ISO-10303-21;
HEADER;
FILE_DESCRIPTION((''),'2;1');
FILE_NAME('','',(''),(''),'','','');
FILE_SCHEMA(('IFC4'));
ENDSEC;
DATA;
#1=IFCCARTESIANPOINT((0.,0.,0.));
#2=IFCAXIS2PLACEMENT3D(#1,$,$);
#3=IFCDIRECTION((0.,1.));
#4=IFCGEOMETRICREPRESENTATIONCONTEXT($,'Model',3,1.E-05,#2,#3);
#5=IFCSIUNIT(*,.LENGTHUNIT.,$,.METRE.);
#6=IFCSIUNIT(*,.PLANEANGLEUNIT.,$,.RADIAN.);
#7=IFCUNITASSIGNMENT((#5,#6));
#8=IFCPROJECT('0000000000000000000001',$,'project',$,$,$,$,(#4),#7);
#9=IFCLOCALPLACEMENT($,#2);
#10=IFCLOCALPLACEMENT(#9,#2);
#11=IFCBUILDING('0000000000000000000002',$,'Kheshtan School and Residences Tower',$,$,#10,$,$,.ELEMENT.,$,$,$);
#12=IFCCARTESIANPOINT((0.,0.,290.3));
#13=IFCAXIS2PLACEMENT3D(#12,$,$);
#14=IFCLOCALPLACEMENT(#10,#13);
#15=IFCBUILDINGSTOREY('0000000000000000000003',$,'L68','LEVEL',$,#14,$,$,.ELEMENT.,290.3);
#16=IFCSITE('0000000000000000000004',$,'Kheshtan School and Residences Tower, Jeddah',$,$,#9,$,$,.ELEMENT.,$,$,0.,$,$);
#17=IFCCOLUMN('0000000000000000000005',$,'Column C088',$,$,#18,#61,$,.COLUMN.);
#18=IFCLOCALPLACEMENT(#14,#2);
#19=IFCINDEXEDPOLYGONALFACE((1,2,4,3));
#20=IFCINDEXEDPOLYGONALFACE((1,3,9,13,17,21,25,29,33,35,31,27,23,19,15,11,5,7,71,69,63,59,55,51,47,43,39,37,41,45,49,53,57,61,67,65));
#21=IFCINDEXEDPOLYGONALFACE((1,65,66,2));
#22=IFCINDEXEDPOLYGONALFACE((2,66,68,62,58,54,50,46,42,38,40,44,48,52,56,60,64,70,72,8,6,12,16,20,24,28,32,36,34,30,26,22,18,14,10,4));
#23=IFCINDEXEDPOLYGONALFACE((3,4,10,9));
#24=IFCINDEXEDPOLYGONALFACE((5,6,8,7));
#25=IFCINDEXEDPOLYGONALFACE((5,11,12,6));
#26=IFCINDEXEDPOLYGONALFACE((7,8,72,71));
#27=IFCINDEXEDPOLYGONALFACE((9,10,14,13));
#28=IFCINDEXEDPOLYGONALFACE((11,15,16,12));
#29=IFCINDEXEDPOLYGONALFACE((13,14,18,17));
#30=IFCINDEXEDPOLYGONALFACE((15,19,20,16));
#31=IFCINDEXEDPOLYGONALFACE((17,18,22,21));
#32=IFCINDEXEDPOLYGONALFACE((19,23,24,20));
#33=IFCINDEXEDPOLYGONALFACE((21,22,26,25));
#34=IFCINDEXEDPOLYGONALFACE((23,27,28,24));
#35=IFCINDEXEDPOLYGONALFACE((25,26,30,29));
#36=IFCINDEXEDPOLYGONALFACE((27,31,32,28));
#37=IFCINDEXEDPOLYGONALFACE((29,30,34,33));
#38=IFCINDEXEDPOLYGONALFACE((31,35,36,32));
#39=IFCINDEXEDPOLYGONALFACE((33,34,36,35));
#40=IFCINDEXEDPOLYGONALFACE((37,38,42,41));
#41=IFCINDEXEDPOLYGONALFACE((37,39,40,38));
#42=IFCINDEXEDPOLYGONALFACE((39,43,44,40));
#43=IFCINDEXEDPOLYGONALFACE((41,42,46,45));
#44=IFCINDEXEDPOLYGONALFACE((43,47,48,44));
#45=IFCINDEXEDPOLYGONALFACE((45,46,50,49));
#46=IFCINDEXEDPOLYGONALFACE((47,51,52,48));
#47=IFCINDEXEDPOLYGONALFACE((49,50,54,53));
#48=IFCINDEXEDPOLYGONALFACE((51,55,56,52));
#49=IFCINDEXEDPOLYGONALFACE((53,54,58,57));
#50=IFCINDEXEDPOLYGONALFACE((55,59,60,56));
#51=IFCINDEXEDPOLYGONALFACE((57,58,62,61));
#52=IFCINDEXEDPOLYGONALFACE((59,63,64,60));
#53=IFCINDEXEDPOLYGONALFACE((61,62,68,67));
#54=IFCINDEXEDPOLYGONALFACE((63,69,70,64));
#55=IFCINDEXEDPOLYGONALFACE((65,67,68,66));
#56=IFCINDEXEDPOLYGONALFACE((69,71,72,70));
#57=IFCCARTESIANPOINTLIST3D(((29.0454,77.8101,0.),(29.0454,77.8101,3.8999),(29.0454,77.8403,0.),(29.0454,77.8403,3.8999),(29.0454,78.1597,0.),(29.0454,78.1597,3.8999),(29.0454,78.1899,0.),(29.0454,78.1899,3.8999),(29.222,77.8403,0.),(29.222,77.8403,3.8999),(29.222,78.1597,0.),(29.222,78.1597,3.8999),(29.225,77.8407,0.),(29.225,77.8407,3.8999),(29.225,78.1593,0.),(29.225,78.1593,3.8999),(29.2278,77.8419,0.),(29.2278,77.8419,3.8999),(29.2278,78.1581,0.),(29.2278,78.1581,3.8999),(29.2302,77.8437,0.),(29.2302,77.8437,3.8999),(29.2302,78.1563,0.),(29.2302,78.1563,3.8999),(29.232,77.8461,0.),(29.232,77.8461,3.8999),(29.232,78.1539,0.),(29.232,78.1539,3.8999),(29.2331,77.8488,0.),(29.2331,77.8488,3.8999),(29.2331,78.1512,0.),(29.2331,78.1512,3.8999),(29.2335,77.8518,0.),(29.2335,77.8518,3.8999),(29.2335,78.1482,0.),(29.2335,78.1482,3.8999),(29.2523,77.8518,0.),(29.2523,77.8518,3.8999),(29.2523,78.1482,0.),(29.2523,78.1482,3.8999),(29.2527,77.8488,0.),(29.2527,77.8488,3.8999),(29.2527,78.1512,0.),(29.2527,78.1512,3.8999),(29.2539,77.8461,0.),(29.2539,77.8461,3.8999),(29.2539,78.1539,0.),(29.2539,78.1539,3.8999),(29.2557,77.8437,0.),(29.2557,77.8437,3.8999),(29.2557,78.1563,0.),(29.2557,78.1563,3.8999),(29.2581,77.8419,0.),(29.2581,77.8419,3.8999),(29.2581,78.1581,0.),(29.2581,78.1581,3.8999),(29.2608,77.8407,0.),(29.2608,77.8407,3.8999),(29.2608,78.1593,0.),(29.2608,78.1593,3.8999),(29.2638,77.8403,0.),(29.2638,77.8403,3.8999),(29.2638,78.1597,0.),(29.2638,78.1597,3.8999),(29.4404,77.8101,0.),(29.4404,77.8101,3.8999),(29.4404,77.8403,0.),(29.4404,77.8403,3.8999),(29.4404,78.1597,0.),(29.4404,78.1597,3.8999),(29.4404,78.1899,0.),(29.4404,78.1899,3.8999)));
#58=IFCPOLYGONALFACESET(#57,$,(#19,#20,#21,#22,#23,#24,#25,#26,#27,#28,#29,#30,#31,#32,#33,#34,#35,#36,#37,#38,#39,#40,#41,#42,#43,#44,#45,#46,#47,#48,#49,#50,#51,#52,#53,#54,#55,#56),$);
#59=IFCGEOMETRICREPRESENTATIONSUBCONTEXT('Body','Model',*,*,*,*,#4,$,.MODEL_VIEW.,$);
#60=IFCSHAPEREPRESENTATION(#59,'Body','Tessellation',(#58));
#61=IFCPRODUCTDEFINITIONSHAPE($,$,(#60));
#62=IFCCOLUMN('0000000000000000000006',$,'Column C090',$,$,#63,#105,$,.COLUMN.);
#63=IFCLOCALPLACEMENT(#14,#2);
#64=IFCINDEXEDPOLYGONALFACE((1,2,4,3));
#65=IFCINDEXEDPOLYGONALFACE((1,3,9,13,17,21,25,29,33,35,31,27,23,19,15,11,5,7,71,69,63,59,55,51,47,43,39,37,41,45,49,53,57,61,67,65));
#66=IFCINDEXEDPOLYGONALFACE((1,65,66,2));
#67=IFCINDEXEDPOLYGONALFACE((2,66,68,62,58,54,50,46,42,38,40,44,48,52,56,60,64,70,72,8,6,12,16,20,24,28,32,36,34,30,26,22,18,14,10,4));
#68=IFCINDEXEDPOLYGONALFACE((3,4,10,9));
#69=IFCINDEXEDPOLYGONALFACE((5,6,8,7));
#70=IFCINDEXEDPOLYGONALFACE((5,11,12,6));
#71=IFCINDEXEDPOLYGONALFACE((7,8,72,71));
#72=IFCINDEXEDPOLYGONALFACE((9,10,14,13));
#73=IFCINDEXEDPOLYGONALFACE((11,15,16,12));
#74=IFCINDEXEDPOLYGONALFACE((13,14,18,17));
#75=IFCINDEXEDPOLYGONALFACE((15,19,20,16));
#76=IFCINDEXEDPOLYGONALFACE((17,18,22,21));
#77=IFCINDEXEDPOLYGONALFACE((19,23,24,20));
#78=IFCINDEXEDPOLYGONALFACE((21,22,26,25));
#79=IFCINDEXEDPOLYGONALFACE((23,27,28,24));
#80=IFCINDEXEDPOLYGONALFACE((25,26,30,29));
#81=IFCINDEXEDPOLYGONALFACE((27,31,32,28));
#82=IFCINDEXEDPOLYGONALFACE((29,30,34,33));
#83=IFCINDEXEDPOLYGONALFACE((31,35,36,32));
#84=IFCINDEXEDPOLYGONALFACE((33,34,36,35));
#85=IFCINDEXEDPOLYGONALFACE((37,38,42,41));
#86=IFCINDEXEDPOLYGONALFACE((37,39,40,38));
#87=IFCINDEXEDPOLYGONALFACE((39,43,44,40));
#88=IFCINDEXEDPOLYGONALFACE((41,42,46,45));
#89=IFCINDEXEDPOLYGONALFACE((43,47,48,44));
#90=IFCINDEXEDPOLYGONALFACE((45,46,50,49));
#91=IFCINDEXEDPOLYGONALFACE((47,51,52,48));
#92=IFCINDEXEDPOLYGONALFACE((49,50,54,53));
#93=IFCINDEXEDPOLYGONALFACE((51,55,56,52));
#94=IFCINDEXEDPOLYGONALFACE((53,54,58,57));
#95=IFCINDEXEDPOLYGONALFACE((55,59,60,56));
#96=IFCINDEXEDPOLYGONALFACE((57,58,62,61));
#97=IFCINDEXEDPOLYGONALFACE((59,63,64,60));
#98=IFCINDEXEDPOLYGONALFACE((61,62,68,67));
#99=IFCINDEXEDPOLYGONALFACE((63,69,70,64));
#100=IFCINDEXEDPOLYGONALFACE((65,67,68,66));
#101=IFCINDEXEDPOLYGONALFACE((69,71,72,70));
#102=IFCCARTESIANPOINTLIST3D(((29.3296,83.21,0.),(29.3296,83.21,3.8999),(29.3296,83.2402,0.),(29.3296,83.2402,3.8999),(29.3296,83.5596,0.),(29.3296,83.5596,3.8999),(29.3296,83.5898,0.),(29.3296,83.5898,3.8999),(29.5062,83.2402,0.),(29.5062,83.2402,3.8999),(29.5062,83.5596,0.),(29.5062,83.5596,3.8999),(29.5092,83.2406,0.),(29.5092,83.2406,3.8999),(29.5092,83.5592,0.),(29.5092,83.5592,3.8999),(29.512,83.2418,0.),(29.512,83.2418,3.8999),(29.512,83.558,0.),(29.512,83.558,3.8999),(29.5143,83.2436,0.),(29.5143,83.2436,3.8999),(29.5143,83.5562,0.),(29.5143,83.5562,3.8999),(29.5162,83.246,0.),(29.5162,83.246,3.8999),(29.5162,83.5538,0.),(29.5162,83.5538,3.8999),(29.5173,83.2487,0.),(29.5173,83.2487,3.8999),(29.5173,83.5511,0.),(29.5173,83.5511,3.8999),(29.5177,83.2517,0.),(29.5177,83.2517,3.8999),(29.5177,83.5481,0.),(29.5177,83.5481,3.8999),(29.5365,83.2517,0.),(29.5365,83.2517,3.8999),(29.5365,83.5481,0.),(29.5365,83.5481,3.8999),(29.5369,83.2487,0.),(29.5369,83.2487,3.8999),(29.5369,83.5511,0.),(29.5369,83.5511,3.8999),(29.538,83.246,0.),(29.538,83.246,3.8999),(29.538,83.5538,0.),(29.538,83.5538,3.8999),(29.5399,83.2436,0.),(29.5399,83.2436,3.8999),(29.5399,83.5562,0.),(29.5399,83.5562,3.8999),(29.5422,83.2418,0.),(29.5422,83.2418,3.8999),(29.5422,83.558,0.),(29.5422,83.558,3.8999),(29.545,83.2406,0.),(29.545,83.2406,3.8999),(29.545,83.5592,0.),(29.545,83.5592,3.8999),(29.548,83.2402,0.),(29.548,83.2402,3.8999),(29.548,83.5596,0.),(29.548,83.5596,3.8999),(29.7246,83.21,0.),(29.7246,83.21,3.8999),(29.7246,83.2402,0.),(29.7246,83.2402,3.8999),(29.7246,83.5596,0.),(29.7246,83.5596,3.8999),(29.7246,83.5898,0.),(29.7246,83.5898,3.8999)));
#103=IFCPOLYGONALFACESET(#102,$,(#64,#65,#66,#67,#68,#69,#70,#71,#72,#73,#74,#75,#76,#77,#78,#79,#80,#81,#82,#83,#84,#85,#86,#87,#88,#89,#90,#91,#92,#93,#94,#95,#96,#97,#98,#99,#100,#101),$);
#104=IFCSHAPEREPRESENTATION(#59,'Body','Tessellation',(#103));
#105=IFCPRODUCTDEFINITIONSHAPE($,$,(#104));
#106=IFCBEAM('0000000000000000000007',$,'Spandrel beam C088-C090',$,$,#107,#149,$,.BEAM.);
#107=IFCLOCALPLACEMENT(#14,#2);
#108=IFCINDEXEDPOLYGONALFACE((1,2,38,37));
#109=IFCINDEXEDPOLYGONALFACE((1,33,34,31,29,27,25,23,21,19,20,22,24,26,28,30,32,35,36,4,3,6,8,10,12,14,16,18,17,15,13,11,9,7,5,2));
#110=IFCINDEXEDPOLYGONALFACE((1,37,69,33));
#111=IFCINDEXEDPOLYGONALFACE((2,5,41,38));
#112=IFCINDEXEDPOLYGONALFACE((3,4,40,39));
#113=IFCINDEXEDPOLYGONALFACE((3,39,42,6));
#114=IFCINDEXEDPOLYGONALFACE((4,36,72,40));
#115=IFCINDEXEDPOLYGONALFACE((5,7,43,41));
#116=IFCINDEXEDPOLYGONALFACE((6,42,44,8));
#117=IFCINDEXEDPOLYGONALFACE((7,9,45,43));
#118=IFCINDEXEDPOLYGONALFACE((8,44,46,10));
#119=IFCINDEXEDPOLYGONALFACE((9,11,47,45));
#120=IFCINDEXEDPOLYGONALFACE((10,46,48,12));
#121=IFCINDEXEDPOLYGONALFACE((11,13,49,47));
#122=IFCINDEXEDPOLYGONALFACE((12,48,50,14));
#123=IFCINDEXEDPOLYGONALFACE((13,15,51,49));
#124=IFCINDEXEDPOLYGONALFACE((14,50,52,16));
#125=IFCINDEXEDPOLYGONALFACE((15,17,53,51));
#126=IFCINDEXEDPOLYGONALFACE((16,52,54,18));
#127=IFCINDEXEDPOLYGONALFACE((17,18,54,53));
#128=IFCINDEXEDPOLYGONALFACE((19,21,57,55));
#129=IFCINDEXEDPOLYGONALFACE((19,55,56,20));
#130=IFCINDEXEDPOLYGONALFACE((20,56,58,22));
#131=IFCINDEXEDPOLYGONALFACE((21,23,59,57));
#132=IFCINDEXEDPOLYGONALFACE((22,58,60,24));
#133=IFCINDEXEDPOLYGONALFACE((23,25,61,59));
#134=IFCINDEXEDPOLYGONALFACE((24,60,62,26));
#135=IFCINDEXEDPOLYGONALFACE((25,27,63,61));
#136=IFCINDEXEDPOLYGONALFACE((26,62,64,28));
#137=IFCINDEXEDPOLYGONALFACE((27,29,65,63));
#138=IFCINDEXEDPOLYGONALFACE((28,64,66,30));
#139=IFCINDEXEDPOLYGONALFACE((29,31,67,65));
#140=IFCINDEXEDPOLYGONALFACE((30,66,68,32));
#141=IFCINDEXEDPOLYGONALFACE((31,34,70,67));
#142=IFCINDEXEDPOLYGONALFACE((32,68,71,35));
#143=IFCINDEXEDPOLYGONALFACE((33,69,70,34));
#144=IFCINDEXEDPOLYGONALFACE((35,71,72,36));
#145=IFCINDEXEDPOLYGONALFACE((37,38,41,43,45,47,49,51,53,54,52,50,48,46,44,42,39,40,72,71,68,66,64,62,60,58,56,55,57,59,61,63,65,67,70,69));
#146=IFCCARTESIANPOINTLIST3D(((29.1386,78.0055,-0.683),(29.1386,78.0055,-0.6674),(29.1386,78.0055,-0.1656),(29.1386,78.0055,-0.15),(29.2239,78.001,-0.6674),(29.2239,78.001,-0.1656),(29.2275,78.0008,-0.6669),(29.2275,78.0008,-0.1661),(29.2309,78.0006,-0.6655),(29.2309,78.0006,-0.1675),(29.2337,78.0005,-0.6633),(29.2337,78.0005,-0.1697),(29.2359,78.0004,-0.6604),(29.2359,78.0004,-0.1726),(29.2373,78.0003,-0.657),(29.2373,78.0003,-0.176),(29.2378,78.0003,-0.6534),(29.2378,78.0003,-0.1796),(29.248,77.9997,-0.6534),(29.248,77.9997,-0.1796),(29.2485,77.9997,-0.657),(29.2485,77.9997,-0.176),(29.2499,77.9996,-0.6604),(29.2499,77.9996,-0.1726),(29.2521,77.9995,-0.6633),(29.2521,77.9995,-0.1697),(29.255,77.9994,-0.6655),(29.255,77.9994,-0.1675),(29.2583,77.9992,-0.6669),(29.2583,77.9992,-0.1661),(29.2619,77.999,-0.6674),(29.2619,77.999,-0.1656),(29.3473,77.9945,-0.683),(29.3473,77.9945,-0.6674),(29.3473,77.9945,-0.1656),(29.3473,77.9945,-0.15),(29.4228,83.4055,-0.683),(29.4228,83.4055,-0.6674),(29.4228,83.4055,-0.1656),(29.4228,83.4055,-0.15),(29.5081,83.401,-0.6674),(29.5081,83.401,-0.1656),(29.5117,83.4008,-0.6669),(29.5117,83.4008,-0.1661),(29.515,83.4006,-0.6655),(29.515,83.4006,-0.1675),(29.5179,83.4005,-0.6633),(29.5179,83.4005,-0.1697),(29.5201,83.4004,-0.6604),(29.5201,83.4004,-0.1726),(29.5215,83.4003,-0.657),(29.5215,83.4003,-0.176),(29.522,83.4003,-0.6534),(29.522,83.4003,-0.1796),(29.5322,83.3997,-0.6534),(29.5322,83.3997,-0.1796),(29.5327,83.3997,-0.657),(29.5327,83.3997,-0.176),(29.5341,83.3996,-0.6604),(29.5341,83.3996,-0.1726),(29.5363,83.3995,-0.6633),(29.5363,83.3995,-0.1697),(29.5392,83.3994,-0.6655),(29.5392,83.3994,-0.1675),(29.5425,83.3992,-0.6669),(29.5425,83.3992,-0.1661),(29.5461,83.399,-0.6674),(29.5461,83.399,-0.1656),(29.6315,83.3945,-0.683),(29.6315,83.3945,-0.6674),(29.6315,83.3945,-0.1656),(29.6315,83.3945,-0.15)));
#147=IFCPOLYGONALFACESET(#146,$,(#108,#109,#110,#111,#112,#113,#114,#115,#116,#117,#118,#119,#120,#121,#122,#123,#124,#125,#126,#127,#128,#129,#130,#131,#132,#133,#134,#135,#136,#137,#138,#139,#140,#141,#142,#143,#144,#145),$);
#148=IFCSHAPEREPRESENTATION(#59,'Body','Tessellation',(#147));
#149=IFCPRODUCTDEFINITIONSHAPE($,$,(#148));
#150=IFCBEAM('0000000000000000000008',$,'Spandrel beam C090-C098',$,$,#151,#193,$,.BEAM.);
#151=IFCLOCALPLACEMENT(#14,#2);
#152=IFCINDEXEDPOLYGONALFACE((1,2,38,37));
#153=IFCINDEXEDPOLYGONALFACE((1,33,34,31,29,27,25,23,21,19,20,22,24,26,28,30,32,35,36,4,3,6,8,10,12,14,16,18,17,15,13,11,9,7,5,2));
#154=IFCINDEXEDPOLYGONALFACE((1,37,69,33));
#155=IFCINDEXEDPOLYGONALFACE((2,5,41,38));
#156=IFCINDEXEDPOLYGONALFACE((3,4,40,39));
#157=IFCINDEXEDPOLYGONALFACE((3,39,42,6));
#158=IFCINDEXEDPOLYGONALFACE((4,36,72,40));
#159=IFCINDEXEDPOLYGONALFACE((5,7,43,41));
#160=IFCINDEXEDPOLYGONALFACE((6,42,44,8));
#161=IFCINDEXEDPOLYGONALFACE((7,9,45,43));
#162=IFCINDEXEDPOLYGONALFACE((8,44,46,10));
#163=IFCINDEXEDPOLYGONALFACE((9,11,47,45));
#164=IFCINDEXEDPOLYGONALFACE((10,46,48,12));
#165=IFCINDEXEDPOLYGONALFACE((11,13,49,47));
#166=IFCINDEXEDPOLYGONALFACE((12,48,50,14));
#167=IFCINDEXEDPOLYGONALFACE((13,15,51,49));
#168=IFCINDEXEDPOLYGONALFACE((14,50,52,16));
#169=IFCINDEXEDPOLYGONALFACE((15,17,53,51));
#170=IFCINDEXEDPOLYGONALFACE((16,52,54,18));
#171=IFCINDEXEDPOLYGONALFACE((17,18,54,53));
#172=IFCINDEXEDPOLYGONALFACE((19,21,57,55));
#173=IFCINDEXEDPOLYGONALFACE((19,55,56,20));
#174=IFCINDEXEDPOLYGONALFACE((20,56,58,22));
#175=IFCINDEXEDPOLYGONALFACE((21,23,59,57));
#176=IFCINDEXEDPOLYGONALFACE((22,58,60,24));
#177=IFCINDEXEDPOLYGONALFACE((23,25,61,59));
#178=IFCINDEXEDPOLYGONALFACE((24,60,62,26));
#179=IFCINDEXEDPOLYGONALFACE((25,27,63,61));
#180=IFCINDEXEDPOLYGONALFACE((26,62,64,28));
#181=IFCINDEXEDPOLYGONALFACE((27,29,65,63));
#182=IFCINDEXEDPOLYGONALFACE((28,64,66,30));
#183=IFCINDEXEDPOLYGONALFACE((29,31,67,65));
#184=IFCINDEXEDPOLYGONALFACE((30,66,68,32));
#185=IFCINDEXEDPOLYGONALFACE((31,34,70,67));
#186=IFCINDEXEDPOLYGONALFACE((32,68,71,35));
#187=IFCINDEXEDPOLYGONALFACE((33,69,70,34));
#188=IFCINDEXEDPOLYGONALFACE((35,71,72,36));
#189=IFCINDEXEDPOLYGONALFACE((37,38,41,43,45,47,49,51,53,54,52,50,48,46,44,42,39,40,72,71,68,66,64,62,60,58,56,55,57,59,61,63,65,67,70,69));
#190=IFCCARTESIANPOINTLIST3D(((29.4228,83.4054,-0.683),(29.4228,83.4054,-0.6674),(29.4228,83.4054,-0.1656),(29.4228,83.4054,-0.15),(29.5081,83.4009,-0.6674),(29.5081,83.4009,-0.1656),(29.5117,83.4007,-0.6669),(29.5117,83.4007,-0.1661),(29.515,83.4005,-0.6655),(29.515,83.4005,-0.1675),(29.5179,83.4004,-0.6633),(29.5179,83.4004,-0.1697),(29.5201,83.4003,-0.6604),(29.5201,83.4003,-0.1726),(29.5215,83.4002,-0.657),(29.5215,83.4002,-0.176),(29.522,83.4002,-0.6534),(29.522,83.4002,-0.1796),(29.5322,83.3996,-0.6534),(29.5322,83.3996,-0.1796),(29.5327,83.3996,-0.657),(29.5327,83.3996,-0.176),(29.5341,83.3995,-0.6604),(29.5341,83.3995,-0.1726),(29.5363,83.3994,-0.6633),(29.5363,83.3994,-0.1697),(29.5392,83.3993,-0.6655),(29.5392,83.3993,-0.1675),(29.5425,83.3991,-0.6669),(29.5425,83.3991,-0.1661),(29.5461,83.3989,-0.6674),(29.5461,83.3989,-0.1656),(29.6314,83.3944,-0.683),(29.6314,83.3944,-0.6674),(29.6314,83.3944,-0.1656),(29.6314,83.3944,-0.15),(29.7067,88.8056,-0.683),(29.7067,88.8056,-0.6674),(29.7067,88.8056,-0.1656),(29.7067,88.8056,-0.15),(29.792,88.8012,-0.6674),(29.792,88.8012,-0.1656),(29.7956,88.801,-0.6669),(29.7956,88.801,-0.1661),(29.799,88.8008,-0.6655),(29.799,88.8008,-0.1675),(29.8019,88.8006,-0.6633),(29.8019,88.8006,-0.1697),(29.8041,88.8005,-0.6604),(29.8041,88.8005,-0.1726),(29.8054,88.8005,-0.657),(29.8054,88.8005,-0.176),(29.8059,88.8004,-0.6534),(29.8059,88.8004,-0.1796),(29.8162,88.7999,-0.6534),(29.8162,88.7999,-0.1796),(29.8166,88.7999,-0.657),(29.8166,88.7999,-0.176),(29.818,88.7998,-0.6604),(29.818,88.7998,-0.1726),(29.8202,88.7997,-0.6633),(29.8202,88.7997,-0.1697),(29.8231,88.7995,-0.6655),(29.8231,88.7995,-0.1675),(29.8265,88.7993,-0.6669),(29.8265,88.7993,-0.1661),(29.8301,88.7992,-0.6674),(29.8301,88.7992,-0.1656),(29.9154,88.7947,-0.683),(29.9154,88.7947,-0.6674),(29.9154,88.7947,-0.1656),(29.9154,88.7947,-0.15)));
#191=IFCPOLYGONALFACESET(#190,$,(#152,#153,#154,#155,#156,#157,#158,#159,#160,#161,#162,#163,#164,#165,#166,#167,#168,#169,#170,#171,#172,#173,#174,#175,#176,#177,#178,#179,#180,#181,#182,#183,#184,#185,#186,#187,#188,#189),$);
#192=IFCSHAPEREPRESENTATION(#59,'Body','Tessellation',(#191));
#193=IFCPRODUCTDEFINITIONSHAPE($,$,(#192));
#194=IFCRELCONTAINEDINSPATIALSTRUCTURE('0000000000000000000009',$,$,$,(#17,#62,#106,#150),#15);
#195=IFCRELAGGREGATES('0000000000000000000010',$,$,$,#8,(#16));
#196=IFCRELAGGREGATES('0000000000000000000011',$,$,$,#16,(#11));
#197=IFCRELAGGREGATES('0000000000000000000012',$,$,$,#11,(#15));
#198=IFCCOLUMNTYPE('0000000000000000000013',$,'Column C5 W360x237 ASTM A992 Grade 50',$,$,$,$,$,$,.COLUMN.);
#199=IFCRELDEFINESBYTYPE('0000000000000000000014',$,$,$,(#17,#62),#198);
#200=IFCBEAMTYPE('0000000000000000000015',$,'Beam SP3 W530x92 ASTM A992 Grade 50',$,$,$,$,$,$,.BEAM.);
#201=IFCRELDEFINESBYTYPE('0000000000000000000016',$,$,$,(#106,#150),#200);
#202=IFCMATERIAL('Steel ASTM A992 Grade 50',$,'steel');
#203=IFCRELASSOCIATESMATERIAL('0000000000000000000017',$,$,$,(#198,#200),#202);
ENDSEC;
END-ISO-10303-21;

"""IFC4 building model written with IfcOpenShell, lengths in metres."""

from ifc_helpers import new_model, si_unit, direction, frame, origin, origin_2d, place, context, subcontext, project, spatial, i_section, extrude, material, material_profile, profile_set, type_object, element, save


model = new_model("IFC4")

# Units and contexts
model_context = context("Model", 3, precision=1e-05, world=origin(), true_north=direction((0.0, 1.0)))
body_context = subcontext(model_context, "Body", "Model", "MODEL_VIEW")
ifc_project = project(units=[si_unit("LENGTHUNIT", "METRE"), si_unit("PLANEANGLEUNIT", "RADIAN")], contexts=[model_context])

# Site, building, storey
site_placement = place(None, origin())
site = spatial("IfcSite", under=ifc_project, at=site_placement, Name="Kheshtan School and Residences Tower, Jeddah", CompositionType="ELEMENT", RefElevation=0.0)
building_placement = place(site_placement, origin())
building = spatial("IfcBuilding", under=site, at=building_placement, Name="Kheshtan School and Residences Tower", CompositionType="ELEMENT")
storey_placement = place(building_placement, frame((0.0, 0.0, 290.3)))
storey = spatial("IfcBuildingStorey", under=building, at=storey_placement, Name="L68", Description="LEVEL", CompositionType="ELEMENT", Elevation=290.3)

# Columns
ifc_material_1 = material(Name="Steel ASTM A992 Grade 50", Category="steel")
ifc_material_profile_1 = material_profile(ifc_material_1, i_section(OverallWidth=0.395, OverallDepth=0.3799, WebThickness=0.0188, FlangeThickness=0.0303, FilletRadius=0.0115, at=origin_2d()), Name="W360x237")
ifc_profile_set_1 = profile_set([ifc_material_profile_1], Name="Steel ASTM A992 Grade 50")
column_type = type_object("IfcColumnType", Name="Column C5 W360x237 ASTM A992 Grade 50", PredefinedType="COLUMN", material=ifc_profile_set_1)
for number, where, z_axis, x_axis, name in (
    (1, (29.2429, 78.0, 0.0), (0.0, 0.0, 1.0), (1.0, 0.0, 0.0), "Column C088"),
    (2, (29.5271, 83.3999, 0.0), (0.0, 0.0, 1.0), (1.0, 0.0, 0.0), "Column C090"),
):
    element("IfcColumn", number, at=place(storey_placement, frame(where, z_axis=z_axis, x_axis=x_axis)), inside=storey, type_object=column_type, Name=name, PredefinedType="COLUMN", context=body_context, shape_type="SweptSolid", body=[
        extrude(i_section(OverallWidth=0.395, OverallDepth=0.3799, WebThickness=0.0188, FlangeThickness=0.0303, FilletRadius=0.0115, at=origin_2d()), origin(), (0.0, 0.0, 1.0), 3.8999),
    ])

# Beams
ifc_material_profile_2 = material_profile(ifc_material_1, i_section(OverallWidth=0.209, OverallDepth=0.533, WebThickness=0.0103, FlangeThickness=0.0156, FilletRadius=0.0139, at=origin_2d()), Name="W530x92")
ifc_profile_set_2 = profile_set([ifc_material_profile_2], Name="Steel ASTM A992 Grade 50")
beam_type = type_object("IfcBeamType", Name="Beam SP3 W530x92 ASTM A992 Grade 50", PredefinedType="BEAM", material=ifc_profile_set_2)
beam_1_placement = place(storey_placement, frame((29.2429, 78.0, -0.4165), z_axis=(0.052554, 0.998618, 0.0), x_axis=(-0.998618, 0.052554, 0.0)))
element("IfcBeam", 3, at=beam_1_placement, inside=storey, type_object=beam_type, Name="Spandrel beam C088-C090", PredefinedType="BEAM", context=body_context, shape_type="SweptSolid", body=[
    extrude(i_section(OverallWidth=0.209, OverallDepth=0.533, WebThickness=0.0103, FlangeThickness=0.0156, FilletRadius=0.0139, at=origin_2d()), origin(), (0.0, 0.0, 1.0), 5.4075),
])
beam_2_placement = place(storey_placement, frame((29.5271, 83.3999, -0.4165), z_axis=(0.052507, 0.998621, 0.0), x_axis=(-0.998621, 0.052507, 0.0)))
element("IfcBeam", 4, at=beam_2_placement, inside=storey, type_object=beam_type, Name="Spandrel beam C090-C098", PredefinedType="BEAM", context=body_context, shape_type="SweptSolid", body=[
    extrude(i_section(OverallWidth=0.209, OverallDepth=0.533, WebThickness=0.0103, FlangeThickness=0.0156, FilletRadius=0.0139, at=origin_2d()), origin(), (0.0, 0.0, 1.0), 5.4077),
])

save(model, "model.ifc")
